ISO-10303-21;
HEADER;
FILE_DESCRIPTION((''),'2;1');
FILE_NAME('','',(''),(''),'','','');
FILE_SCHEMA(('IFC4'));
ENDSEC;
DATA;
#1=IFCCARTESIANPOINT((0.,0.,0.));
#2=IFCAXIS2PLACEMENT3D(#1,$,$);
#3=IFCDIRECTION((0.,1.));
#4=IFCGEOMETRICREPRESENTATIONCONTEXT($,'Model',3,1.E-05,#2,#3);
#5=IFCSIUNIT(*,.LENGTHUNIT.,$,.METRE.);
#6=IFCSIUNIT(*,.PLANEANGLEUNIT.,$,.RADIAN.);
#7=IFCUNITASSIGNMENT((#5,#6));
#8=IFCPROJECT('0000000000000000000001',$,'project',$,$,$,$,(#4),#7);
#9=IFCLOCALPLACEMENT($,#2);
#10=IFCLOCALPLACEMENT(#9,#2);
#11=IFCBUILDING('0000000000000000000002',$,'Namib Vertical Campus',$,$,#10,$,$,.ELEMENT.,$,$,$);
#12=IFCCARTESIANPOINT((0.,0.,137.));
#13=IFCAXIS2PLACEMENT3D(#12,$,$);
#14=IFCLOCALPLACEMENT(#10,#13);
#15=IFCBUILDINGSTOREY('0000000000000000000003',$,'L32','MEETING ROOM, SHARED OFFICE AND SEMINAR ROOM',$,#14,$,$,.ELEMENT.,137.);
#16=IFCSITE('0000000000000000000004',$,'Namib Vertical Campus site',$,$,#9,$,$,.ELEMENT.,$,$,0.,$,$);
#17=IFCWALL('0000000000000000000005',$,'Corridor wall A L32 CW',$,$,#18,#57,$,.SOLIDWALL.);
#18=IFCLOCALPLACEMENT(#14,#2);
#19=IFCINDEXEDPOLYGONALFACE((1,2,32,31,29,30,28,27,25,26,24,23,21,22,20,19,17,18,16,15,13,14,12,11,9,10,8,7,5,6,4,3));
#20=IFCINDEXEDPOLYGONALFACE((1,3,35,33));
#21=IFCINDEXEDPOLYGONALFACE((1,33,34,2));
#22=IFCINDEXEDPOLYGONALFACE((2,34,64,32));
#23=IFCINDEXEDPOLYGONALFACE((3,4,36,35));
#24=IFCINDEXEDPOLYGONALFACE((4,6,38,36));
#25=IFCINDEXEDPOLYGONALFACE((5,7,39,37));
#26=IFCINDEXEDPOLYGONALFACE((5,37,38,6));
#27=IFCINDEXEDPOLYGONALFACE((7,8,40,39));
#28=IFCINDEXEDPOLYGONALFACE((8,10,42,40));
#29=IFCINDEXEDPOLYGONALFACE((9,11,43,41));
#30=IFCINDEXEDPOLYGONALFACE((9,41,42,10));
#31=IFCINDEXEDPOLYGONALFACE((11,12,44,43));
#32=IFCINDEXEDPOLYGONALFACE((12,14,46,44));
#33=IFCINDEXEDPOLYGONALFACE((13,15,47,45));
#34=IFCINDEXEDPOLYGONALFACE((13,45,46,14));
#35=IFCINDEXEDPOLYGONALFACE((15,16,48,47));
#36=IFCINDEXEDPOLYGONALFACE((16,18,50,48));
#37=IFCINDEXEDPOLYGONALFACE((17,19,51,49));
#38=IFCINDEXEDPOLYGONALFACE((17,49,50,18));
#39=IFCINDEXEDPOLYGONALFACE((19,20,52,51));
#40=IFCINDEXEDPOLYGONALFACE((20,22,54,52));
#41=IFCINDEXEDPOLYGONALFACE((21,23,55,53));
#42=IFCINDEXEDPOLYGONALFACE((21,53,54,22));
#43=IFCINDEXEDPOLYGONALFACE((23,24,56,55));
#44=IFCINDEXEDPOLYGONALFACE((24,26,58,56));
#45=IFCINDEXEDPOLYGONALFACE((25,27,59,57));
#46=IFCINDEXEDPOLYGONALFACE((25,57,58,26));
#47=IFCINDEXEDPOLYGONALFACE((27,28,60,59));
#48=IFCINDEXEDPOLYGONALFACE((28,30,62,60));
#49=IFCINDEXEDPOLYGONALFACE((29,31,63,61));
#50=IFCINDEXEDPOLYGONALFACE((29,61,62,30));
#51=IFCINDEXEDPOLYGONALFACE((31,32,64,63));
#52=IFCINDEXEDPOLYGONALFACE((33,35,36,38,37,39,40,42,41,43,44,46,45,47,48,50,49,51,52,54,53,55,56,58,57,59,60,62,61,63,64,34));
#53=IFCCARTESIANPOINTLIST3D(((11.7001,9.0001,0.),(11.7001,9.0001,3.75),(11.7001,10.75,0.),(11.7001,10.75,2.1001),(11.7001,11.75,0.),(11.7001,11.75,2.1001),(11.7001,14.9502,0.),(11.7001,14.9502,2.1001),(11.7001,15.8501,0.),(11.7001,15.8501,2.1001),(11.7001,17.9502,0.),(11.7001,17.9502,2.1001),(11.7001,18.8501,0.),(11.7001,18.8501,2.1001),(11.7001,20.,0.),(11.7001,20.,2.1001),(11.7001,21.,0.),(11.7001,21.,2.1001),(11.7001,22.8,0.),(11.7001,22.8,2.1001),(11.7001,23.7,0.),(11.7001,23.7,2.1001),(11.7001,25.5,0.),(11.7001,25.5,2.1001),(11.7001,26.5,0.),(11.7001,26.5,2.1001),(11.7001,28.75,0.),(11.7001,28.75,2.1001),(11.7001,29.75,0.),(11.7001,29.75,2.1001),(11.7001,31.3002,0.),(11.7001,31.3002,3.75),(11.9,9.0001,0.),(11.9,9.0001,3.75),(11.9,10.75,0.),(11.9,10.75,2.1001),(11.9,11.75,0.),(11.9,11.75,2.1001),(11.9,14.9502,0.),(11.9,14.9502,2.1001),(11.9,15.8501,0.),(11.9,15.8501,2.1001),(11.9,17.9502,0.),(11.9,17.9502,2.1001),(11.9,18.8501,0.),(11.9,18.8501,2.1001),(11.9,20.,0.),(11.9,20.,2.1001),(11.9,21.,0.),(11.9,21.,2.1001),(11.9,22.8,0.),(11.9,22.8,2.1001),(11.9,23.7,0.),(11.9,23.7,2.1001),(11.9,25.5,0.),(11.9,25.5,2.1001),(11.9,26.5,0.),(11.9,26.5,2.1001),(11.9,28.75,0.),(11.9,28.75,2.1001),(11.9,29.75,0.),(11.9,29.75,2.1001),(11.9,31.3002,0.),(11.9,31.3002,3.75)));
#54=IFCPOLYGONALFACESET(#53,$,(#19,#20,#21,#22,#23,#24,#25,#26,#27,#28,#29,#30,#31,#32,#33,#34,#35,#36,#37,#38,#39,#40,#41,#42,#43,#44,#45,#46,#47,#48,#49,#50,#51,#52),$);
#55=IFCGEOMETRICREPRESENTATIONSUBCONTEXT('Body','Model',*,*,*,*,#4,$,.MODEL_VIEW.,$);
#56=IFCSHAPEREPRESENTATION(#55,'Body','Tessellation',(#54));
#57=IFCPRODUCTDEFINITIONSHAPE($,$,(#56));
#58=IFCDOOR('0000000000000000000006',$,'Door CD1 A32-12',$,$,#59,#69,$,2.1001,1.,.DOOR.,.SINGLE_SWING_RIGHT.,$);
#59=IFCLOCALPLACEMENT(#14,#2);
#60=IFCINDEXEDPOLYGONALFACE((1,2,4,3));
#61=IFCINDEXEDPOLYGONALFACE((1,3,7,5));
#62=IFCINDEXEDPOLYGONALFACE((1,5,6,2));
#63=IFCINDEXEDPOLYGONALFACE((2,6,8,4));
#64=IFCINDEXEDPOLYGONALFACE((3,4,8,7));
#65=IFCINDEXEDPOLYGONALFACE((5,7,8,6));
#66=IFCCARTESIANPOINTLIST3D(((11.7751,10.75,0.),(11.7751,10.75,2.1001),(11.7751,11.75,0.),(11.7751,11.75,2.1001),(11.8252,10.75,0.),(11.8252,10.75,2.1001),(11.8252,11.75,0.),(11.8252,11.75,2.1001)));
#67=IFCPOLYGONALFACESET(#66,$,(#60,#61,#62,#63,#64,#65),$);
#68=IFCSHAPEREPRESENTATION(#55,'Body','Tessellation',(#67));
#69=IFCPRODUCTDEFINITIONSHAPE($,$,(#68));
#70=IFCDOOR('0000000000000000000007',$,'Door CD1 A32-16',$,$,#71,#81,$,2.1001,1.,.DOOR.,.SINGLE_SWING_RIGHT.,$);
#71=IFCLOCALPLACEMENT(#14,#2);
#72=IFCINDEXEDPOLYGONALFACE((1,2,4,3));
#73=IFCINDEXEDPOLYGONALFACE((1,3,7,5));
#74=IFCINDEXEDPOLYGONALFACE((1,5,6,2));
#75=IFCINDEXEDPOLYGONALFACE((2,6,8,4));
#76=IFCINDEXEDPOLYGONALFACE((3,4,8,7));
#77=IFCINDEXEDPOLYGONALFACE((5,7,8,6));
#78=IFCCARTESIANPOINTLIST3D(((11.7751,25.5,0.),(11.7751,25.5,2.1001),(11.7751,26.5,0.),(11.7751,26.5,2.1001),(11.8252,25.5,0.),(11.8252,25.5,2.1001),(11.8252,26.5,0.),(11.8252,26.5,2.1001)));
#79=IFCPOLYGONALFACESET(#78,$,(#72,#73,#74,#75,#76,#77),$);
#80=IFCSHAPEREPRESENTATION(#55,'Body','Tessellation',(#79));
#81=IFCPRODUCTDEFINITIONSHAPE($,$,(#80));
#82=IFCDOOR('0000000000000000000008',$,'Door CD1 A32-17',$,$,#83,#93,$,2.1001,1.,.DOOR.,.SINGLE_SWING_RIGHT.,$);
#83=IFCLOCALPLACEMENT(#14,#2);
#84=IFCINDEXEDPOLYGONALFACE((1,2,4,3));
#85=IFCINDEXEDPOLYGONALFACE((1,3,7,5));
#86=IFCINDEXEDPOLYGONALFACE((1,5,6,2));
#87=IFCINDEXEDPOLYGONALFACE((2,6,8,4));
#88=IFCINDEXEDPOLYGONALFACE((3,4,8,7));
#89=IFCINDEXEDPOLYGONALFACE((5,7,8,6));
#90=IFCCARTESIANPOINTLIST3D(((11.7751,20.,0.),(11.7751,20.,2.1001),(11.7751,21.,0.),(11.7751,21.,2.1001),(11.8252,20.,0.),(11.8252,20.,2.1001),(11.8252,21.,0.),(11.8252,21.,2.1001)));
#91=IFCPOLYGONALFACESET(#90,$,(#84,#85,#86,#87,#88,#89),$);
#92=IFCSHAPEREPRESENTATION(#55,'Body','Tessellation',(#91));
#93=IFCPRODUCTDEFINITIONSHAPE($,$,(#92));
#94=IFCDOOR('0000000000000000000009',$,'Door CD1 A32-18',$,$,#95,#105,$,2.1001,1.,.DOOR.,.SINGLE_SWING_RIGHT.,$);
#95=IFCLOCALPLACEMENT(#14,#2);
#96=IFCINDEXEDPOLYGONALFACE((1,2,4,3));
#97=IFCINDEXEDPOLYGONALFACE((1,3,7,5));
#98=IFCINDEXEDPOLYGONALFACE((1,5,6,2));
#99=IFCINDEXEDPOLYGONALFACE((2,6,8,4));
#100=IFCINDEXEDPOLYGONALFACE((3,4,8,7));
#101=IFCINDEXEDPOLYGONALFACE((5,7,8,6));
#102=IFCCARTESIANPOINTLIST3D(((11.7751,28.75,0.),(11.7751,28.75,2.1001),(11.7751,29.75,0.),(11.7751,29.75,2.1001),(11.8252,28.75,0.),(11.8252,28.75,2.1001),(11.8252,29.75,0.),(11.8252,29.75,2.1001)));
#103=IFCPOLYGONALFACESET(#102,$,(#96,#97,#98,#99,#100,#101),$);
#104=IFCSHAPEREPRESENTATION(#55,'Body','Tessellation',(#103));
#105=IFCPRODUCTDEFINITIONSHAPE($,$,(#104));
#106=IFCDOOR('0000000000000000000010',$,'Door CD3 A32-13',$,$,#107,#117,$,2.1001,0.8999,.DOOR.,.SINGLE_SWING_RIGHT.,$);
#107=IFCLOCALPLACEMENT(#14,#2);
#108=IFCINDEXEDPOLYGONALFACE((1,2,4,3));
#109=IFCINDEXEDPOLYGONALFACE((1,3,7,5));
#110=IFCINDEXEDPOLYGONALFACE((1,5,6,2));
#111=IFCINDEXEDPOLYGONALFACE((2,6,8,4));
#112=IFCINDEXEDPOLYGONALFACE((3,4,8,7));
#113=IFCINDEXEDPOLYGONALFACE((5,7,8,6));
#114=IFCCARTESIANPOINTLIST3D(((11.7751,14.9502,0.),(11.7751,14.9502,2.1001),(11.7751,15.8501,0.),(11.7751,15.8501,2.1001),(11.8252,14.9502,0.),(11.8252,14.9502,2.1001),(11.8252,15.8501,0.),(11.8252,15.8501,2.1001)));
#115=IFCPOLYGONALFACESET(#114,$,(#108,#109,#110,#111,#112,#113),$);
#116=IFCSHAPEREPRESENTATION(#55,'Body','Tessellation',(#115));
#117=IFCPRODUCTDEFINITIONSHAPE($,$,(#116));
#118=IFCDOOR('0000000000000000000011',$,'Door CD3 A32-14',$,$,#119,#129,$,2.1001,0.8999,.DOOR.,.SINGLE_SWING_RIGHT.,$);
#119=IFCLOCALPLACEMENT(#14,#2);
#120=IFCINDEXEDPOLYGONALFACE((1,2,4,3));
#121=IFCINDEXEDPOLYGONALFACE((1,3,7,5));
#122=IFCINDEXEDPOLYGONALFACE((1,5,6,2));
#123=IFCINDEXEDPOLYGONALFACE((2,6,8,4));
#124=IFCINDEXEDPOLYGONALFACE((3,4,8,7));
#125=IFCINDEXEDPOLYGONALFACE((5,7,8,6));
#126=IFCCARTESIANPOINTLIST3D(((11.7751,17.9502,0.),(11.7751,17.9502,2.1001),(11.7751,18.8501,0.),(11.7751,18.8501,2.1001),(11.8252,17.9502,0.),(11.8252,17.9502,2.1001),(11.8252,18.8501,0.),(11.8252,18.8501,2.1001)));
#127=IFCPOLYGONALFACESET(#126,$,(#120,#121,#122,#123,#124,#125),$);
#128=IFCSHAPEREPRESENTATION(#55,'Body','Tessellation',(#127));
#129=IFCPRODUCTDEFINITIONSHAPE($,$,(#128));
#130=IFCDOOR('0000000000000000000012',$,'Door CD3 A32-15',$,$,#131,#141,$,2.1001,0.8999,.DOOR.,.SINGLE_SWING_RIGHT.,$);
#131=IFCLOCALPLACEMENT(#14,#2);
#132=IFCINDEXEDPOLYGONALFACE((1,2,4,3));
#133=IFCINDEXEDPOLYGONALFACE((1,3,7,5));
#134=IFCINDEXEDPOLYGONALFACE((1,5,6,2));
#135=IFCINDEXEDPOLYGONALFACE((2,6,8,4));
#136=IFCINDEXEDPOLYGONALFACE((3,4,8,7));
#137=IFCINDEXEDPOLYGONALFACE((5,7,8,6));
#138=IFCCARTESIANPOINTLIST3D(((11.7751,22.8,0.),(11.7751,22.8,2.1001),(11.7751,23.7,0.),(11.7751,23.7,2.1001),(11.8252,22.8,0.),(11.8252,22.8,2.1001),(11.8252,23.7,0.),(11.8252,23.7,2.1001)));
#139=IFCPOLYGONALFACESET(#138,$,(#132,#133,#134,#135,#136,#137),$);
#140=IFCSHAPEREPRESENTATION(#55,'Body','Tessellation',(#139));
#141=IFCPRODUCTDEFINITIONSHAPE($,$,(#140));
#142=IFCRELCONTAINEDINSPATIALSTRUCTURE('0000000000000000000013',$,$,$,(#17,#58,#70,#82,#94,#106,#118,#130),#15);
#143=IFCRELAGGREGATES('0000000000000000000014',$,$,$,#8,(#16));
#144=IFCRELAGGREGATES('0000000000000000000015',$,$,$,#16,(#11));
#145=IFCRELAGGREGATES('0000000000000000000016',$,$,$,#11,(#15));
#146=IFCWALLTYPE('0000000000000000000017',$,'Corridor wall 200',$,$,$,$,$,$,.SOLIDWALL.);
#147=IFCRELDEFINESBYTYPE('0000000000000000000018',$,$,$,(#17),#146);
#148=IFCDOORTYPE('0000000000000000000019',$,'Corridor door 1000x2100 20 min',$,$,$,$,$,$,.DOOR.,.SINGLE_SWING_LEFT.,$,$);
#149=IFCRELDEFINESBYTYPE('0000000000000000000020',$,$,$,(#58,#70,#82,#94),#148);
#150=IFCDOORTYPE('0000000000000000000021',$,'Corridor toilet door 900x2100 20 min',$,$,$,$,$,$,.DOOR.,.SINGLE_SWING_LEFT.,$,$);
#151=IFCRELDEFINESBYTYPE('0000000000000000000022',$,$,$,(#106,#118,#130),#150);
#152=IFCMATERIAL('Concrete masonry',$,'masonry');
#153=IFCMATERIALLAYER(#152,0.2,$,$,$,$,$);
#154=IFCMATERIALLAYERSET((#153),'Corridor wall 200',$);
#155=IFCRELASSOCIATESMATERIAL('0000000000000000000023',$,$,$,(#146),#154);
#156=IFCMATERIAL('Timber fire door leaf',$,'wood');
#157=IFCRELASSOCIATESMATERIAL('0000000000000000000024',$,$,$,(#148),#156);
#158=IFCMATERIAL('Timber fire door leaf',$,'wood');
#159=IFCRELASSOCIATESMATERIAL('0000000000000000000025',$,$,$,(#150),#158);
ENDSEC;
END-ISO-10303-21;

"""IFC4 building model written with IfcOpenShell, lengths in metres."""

from ifc_helpers import new_model, si_unit, direction, frame, frame_2d, origin, place, context, subcontext, project, spatial, rectangle, extrude, material, layer, layer_set, type_object, element, fill, save


model = new_model("IFC4")

# Units and contexts
model_context = context("Model", 3, precision=1e-05, world=origin(), true_north=direction((0.0, 1.0)))
body_context = subcontext(model_context, "Body", "Model", "MODEL_VIEW")
ifc_project = project(units=[si_unit("LENGTHUNIT", "METRE"), si_unit("PLANEANGLEUNIT", "RADIAN")], contexts=[model_context])

# Site, building, storey
site_placement = place(None, origin())
site = spatial("IfcSite", under=ifc_project, at=site_placement, Name="Namib Vertical Campus site", CompositionType="ELEMENT", RefElevation=0.0)
building_placement = place(site_placement, origin())
building = spatial("IfcBuilding", under=site, at=building_placement, Name="Namib Vertical Campus", CompositionType="ELEMENT")
storey_placement = place(building_placement, frame((0.0, 0.0, 137.0)))
storey = spatial("IfcBuildingStorey", under=building, at=storey_placement, Name="L32", Description="MEETING ROOM, SHARED OFFICE AND SEMINAR ROOM", CompositionType="ELEMENT", Elevation=137.0)

# Wall, openings, doors
ifc_material_1 = material(Name="Concrete masonry", Category="masonry")
ifc_layer_1 = layer(ifc_material_1, 0.2)
ifc_layer_set_1 = layer_set([ifc_layer_1], Name="Corridor wall 200")
wall_type_1 = type_object("IfcWallType", Name="Corridor wall 200", PredefinedType="SOLIDWALL", material=ifc_layer_set_1)
wall_1_placement = place(storey_placement, frame((11.8, 31.3, 0.0), z_axis=(0.0, 0.0, 1.0), x_axis=(0.0, -1.0, 0.0)))
wall_1 = element("IfcWall", 1, at=wall_1_placement, inside=storey, type_object=wall_type_1, Name="Corridor wall A L32 CW", PredefinedType="SOLIDWALL", context=body_context, shape_type="SweptSolid", body=[
    extrude(rectangle(XDim=22.3, YDim=0.2, at=frame_2d((11.1499, 0.0))), origin(), (0.0, 0.0, 1.0), 3.75),
])
opening_1_placement = place(wall_1_placement, frame((19.55, 0.0, 0.0)))
opening_1 = element("IfcOpeningElement", 2, at=opening_1_placement, cuts=wall_1, PredefinedType="OPENING", context=body_context, shape_type="SweptSolid", body=[
    extrude(rectangle(XDim=1.0, YDim=2.1001, at=frame_2d((0.5, 1.05))), frame((0.0, 0.1099, 0.0), z_axis=(0.0, -1.0, 0.0), x_axis=(1.0, 0.0, 0.0)), (0.0, 0.0, 1.0), 0.22),
])
opening_2_placement = place(wall_1_placement, frame((15.45, 0.0, 0.0)))
opening_2 = element("IfcOpeningElement", 3, at=opening_2_placement, cuts=wall_1, PredefinedType="OPENING", context=body_context, shape_type="SweptSolid", body=[
    extrude(rectangle(XDim=0.8999, YDim=2.1001, at=frame_2d((0.45, 1.05))), frame((0.0, 0.1099, 0.0), z_axis=(0.0, -1.0, 0.0), x_axis=(1.0, 0.0, 0.0)), (0.0, 0.0, 1.0), 0.22),
])
opening_3_placement = place(wall_1_placement, frame((12.45, 0.0, 0.0)))
opening_3 = element("IfcOpeningElement", 4, at=opening_3_placement, cuts=wall_1, PredefinedType="OPENING", context=body_context, shape_type="SweptSolid", body=[
    extrude(rectangle(XDim=0.8999, YDim=2.1001, at=frame_2d((0.45, 1.05))), frame((0.0, 0.1099, 0.0), z_axis=(0.0, -1.0, 0.0), x_axis=(1.0, 0.0, 0.0)), (0.0, 0.0, 1.0), 0.22),
])
opening_4_placement = place(wall_1_placement, frame((7.6001, 0.0, 0.0)))
opening_4 = element("IfcOpeningElement", 5, at=opening_4_placement, cuts=wall_1, PredefinedType="OPENING", context=body_context, shape_type="SweptSolid", body=[
    extrude(rectangle(XDim=0.8999, YDim=2.1001, at=frame_2d((0.45, 1.05))), frame((0.0, 0.1099, 0.0), z_axis=(0.0, -1.0, 0.0), x_axis=(1.0, 0.0, 0.0)), (0.0, 0.0, 1.0), 0.22),
])
opening_5_placement = place(wall_1_placement, frame((4.8, 0.0, 0.0)))
opening_5 = element("IfcOpeningElement", 6, at=opening_5_placement, cuts=wall_1, PredefinedType="OPENING", context=body_context, shape_type="SweptSolid", body=[
    extrude(rectangle(XDim=1.0, YDim=2.1001, at=frame_2d((0.5, 1.05))), frame((0.0, 0.1099, 0.0), z_axis=(0.0, -1.0, 0.0), x_axis=(1.0, 0.0, 0.0)), (0.0, 0.0, 1.0), 0.22),
])
opening_6_placement = place(wall_1_placement, frame((10.3, 0.0, 0.0)))
opening_6 = element("IfcOpeningElement", 7, at=opening_6_placement, cuts=wall_1, PredefinedType="OPENING", context=body_context, shape_type="SweptSolid", body=[
    extrude(rectangle(XDim=1.0, YDim=2.1001, at=frame_2d((0.5, 1.05))), frame((0.0, 0.1099, 0.0), z_axis=(0.0, -1.0, 0.0), x_axis=(1.0, 0.0, 0.0)), (0.0, 0.0, 1.0), 0.22),
])
opening_7_placement = place(wall_1_placement, frame((1.55, 0.0, 0.0)))
opening_7 = element("IfcOpeningElement", 8, at=opening_7_placement, cuts=wall_1, PredefinedType="OPENING", context=body_context, shape_type="SweptSolid", body=[
    extrude(rectangle(XDim=1.0, YDim=2.1001, at=frame_2d((0.5, 1.05))), frame((0.0, 0.1099, 0.0), z_axis=(0.0, -1.0, 0.0), x_axis=(1.0, 0.0, 0.0)), (0.0, 0.0, 1.0), 0.22),
])
ifc_material_2 = material(Name="Timber fire door leaf", Category="wood")
door_type_1 = type_object("IfcDoorType", Name="Corridor door 1000x2100 20 min", OperationType="SINGLE_SWING_LEFT", PredefinedType="DOOR", material=ifc_material_2)
door_1_placement = place(opening_1_placement, frame((1.0, 0.0, 0.0), z_axis=(0.0, 0.0, 1.0), x_axis=(-1.0, 0.0, 0.0)))
door_1 = element("IfcDoor", 9, at=door_1_placement, inside=storey, type_object=door_type_1, Name="Door CD1 A32-12", OperationType="SINGLE_SWING_RIGHT", OverallHeight=2.1001, OverallWidth=1.0, PredefinedType="DOOR", context=body_context, shape_type="SweptSolid", body=[
    extrude(rectangle(XDim=1.0, YDim=2.1001, at=frame_2d((0.5, 1.05))), frame((0.0, 0.0249, 0.0), z_axis=(0.0, -1.0, 0.0), x_axis=(1.0, 0.0, 0.0)), (0.0, 0.0, 1.0), 0.05),
])
fill(opening_1, door_1)
door_2_placement = place(opening_5_placement, frame((1.0, 0.0, 0.0), z_axis=(0.0, 0.0, 1.0), x_axis=(-1.0, 0.0, 0.0)))
door_2 = element("IfcDoor", 10, at=door_2_placement, inside=storey, type_object=door_type_1, Name="Door CD1 A32-16", OperationType="SINGLE_SWING_RIGHT", OverallHeight=2.1001, OverallWidth=1.0, PredefinedType="DOOR", context=body_context, shape_type="SweptSolid", body=[
    extrude(rectangle(XDim=1.0, YDim=2.1001, at=frame_2d((0.5, 1.05))), frame((0.0, 0.0249, 0.0), z_axis=(0.0, -1.0, 0.0), x_axis=(1.0, 0.0, 0.0)), (0.0, 0.0, 1.0), 0.05),
])
fill(opening_5, door_2)
door_3_placement = place(opening_6_placement, frame((1.0, 0.0, 0.0), z_axis=(0.0, 0.0, 1.0), x_axis=(-1.0, 0.0, 0.0)))
door_3 = element("IfcDoor", 11, at=door_3_placement, inside=storey, type_object=door_type_1, Name="Door CD1 A32-17", OperationType="SINGLE_SWING_RIGHT", OverallHeight=2.1001, OverallWidth=1.0, PredefinedType="DOOR", context=body_context, shape_type="SweptSolid", body=[
    extrude(rectangle(XDim=1.0, YDim=2.1001, at=frame_2d((0.5, 1.05))), frame((0.0, 0.0249, 0.0), z_axis=(0.0, -1.0, 0.0), x_axis=(1.0, 0.0, 0.0)), (0.0, 0.0, 1.0), 0.05),
])
fill(opening_6, door_3)
door_4_placement = place(opening_7_placement, frame((1.0, 0.0, 0.0), z_axis=(0.0, 0.0, 1.0), x_axis=(-1.0, 0.0, 0.0)))
door_4 = element("IfcDoor", 12, at=door_4_placement, inside=storey, type_object=door_type_1, Name="Door CD1 A32-18", OperationType="SINGLE_SWING_RIGHT", OverallHeight=2.1001, OverallWidth=1.0, PredefinedType="DOOR", context=body_context, shape_type="SweptSolid", body=[
    extrude(rectangle(XDim=1.0, YDim=2.1001, at=frame_2d((0.5, 1.05))), frame((0.0, 0.0249, 0.0), z_axis=(0.0, -1.0, 0.0), x_axis=(1.0, 0.0, 0.0)), (0.0, 0.0, 1.0), 0.05),
])
fill(opening_7, door_4)
ifc_material_3 = material(Name="Timber fire door leaf", Category="wood")
door_type_2 = type_object("IfcDoorType", Name="Corridor toilet door 900x2100 20 min", OperationType="SINGLE_SWING_LEFT", PredefinedType="DOOR", material=ifc_material_3)
door_5_placement = place(opening_2_placement, frame((0.8999, 0.0, 0.0), z_axis=(0.0, 0.0, 1.0), x_axis=(-1.0, 0.0, 0.0)))
door_5 = element("IfcDoor", 13, at=door_5_placement, inside=storey, type_object=door_type_2, Name="Door CD3 A32-13", OperationType="SINGLE_SWING_RIGHT", OverallHeight=2.1001, OverallWidth=0.8999, PredefinedType="DOOR", context=body_context, shape_type="SweptSolid", body=[
    extrude(rectangle(XDim=0.8999, YDim=2.1001, at=frame_2d((0.45, 1.05))), frame((0.0, 0.0249, 0.0), z_axis=(0.0, -1.0, 0.0), x_axis=(1.0, 0.0, 0.0)), (0.0, 0.0, 1.0), 0.05),
])
fill(opening_2, door_5)
door_6_placement = place(opening_3_placement, frame((0.8999, 0.0, 0.0), z_axis=(0.0, 0.0, 1.0), x_axis=(-1.0, 0.0, 0.0)))
door_6 = element("IfcDoor", 14, at=door_6_placement, inside=storey, type_object=door_type_2, Name="Door CD3 A32-14", OperationType="SINGLE_SWING_RIGHT", OverallHeight=2.1001, OverallWidth=0.8999, PredefinedType="DOOR", context=body_context, shape_type="SweptSolid", body=[
    extrude(rectangle(XDim=0.8999, YDim=2.1001, at=frame_2d((0.45, 1.05))), frame((0.0, 0.0249, 0.0), z_axis=(0.0, -1.0, 0.0), x_axis=(1.0, 0.0, 0.0)), (0.0, 0.0, 1.0), 0.05),
])
fill(opening_3, door_6)
door_7_placement = place(opening_4_placement, frame((0.8999, 0.0, 0.0), z_axis=(0.0, 0.0, 1.0), x_axis=(-1.0, 0.0, 0.0)))
door_7 = element("IfcDoor", 15, at=door_7_placement, inside=storey, type_object=door_type_2, Name="Door CD3 A32-15", OperationType="SINGLE_SWING_RIGHT", OverallHeight=2.1001, OverallWidth=0.8999, PredefinedType="DOOR", context=body_context, shape_type="SweptSolid", body=[
    extrude(rectangle(XDim=0.8999, YDim=2.1001, at=frame_2d((0.45, 1.05))), frame((0.0, 0.0249, 0.0), z_axis=(0.0, -1.0, 0.0), x_axis=(1.0, 0.0, 0.0)), (0.0, 0.0, 1.0), 0.05),
])
fill(opening_4, door_7)

save(model, "model.ifc")
